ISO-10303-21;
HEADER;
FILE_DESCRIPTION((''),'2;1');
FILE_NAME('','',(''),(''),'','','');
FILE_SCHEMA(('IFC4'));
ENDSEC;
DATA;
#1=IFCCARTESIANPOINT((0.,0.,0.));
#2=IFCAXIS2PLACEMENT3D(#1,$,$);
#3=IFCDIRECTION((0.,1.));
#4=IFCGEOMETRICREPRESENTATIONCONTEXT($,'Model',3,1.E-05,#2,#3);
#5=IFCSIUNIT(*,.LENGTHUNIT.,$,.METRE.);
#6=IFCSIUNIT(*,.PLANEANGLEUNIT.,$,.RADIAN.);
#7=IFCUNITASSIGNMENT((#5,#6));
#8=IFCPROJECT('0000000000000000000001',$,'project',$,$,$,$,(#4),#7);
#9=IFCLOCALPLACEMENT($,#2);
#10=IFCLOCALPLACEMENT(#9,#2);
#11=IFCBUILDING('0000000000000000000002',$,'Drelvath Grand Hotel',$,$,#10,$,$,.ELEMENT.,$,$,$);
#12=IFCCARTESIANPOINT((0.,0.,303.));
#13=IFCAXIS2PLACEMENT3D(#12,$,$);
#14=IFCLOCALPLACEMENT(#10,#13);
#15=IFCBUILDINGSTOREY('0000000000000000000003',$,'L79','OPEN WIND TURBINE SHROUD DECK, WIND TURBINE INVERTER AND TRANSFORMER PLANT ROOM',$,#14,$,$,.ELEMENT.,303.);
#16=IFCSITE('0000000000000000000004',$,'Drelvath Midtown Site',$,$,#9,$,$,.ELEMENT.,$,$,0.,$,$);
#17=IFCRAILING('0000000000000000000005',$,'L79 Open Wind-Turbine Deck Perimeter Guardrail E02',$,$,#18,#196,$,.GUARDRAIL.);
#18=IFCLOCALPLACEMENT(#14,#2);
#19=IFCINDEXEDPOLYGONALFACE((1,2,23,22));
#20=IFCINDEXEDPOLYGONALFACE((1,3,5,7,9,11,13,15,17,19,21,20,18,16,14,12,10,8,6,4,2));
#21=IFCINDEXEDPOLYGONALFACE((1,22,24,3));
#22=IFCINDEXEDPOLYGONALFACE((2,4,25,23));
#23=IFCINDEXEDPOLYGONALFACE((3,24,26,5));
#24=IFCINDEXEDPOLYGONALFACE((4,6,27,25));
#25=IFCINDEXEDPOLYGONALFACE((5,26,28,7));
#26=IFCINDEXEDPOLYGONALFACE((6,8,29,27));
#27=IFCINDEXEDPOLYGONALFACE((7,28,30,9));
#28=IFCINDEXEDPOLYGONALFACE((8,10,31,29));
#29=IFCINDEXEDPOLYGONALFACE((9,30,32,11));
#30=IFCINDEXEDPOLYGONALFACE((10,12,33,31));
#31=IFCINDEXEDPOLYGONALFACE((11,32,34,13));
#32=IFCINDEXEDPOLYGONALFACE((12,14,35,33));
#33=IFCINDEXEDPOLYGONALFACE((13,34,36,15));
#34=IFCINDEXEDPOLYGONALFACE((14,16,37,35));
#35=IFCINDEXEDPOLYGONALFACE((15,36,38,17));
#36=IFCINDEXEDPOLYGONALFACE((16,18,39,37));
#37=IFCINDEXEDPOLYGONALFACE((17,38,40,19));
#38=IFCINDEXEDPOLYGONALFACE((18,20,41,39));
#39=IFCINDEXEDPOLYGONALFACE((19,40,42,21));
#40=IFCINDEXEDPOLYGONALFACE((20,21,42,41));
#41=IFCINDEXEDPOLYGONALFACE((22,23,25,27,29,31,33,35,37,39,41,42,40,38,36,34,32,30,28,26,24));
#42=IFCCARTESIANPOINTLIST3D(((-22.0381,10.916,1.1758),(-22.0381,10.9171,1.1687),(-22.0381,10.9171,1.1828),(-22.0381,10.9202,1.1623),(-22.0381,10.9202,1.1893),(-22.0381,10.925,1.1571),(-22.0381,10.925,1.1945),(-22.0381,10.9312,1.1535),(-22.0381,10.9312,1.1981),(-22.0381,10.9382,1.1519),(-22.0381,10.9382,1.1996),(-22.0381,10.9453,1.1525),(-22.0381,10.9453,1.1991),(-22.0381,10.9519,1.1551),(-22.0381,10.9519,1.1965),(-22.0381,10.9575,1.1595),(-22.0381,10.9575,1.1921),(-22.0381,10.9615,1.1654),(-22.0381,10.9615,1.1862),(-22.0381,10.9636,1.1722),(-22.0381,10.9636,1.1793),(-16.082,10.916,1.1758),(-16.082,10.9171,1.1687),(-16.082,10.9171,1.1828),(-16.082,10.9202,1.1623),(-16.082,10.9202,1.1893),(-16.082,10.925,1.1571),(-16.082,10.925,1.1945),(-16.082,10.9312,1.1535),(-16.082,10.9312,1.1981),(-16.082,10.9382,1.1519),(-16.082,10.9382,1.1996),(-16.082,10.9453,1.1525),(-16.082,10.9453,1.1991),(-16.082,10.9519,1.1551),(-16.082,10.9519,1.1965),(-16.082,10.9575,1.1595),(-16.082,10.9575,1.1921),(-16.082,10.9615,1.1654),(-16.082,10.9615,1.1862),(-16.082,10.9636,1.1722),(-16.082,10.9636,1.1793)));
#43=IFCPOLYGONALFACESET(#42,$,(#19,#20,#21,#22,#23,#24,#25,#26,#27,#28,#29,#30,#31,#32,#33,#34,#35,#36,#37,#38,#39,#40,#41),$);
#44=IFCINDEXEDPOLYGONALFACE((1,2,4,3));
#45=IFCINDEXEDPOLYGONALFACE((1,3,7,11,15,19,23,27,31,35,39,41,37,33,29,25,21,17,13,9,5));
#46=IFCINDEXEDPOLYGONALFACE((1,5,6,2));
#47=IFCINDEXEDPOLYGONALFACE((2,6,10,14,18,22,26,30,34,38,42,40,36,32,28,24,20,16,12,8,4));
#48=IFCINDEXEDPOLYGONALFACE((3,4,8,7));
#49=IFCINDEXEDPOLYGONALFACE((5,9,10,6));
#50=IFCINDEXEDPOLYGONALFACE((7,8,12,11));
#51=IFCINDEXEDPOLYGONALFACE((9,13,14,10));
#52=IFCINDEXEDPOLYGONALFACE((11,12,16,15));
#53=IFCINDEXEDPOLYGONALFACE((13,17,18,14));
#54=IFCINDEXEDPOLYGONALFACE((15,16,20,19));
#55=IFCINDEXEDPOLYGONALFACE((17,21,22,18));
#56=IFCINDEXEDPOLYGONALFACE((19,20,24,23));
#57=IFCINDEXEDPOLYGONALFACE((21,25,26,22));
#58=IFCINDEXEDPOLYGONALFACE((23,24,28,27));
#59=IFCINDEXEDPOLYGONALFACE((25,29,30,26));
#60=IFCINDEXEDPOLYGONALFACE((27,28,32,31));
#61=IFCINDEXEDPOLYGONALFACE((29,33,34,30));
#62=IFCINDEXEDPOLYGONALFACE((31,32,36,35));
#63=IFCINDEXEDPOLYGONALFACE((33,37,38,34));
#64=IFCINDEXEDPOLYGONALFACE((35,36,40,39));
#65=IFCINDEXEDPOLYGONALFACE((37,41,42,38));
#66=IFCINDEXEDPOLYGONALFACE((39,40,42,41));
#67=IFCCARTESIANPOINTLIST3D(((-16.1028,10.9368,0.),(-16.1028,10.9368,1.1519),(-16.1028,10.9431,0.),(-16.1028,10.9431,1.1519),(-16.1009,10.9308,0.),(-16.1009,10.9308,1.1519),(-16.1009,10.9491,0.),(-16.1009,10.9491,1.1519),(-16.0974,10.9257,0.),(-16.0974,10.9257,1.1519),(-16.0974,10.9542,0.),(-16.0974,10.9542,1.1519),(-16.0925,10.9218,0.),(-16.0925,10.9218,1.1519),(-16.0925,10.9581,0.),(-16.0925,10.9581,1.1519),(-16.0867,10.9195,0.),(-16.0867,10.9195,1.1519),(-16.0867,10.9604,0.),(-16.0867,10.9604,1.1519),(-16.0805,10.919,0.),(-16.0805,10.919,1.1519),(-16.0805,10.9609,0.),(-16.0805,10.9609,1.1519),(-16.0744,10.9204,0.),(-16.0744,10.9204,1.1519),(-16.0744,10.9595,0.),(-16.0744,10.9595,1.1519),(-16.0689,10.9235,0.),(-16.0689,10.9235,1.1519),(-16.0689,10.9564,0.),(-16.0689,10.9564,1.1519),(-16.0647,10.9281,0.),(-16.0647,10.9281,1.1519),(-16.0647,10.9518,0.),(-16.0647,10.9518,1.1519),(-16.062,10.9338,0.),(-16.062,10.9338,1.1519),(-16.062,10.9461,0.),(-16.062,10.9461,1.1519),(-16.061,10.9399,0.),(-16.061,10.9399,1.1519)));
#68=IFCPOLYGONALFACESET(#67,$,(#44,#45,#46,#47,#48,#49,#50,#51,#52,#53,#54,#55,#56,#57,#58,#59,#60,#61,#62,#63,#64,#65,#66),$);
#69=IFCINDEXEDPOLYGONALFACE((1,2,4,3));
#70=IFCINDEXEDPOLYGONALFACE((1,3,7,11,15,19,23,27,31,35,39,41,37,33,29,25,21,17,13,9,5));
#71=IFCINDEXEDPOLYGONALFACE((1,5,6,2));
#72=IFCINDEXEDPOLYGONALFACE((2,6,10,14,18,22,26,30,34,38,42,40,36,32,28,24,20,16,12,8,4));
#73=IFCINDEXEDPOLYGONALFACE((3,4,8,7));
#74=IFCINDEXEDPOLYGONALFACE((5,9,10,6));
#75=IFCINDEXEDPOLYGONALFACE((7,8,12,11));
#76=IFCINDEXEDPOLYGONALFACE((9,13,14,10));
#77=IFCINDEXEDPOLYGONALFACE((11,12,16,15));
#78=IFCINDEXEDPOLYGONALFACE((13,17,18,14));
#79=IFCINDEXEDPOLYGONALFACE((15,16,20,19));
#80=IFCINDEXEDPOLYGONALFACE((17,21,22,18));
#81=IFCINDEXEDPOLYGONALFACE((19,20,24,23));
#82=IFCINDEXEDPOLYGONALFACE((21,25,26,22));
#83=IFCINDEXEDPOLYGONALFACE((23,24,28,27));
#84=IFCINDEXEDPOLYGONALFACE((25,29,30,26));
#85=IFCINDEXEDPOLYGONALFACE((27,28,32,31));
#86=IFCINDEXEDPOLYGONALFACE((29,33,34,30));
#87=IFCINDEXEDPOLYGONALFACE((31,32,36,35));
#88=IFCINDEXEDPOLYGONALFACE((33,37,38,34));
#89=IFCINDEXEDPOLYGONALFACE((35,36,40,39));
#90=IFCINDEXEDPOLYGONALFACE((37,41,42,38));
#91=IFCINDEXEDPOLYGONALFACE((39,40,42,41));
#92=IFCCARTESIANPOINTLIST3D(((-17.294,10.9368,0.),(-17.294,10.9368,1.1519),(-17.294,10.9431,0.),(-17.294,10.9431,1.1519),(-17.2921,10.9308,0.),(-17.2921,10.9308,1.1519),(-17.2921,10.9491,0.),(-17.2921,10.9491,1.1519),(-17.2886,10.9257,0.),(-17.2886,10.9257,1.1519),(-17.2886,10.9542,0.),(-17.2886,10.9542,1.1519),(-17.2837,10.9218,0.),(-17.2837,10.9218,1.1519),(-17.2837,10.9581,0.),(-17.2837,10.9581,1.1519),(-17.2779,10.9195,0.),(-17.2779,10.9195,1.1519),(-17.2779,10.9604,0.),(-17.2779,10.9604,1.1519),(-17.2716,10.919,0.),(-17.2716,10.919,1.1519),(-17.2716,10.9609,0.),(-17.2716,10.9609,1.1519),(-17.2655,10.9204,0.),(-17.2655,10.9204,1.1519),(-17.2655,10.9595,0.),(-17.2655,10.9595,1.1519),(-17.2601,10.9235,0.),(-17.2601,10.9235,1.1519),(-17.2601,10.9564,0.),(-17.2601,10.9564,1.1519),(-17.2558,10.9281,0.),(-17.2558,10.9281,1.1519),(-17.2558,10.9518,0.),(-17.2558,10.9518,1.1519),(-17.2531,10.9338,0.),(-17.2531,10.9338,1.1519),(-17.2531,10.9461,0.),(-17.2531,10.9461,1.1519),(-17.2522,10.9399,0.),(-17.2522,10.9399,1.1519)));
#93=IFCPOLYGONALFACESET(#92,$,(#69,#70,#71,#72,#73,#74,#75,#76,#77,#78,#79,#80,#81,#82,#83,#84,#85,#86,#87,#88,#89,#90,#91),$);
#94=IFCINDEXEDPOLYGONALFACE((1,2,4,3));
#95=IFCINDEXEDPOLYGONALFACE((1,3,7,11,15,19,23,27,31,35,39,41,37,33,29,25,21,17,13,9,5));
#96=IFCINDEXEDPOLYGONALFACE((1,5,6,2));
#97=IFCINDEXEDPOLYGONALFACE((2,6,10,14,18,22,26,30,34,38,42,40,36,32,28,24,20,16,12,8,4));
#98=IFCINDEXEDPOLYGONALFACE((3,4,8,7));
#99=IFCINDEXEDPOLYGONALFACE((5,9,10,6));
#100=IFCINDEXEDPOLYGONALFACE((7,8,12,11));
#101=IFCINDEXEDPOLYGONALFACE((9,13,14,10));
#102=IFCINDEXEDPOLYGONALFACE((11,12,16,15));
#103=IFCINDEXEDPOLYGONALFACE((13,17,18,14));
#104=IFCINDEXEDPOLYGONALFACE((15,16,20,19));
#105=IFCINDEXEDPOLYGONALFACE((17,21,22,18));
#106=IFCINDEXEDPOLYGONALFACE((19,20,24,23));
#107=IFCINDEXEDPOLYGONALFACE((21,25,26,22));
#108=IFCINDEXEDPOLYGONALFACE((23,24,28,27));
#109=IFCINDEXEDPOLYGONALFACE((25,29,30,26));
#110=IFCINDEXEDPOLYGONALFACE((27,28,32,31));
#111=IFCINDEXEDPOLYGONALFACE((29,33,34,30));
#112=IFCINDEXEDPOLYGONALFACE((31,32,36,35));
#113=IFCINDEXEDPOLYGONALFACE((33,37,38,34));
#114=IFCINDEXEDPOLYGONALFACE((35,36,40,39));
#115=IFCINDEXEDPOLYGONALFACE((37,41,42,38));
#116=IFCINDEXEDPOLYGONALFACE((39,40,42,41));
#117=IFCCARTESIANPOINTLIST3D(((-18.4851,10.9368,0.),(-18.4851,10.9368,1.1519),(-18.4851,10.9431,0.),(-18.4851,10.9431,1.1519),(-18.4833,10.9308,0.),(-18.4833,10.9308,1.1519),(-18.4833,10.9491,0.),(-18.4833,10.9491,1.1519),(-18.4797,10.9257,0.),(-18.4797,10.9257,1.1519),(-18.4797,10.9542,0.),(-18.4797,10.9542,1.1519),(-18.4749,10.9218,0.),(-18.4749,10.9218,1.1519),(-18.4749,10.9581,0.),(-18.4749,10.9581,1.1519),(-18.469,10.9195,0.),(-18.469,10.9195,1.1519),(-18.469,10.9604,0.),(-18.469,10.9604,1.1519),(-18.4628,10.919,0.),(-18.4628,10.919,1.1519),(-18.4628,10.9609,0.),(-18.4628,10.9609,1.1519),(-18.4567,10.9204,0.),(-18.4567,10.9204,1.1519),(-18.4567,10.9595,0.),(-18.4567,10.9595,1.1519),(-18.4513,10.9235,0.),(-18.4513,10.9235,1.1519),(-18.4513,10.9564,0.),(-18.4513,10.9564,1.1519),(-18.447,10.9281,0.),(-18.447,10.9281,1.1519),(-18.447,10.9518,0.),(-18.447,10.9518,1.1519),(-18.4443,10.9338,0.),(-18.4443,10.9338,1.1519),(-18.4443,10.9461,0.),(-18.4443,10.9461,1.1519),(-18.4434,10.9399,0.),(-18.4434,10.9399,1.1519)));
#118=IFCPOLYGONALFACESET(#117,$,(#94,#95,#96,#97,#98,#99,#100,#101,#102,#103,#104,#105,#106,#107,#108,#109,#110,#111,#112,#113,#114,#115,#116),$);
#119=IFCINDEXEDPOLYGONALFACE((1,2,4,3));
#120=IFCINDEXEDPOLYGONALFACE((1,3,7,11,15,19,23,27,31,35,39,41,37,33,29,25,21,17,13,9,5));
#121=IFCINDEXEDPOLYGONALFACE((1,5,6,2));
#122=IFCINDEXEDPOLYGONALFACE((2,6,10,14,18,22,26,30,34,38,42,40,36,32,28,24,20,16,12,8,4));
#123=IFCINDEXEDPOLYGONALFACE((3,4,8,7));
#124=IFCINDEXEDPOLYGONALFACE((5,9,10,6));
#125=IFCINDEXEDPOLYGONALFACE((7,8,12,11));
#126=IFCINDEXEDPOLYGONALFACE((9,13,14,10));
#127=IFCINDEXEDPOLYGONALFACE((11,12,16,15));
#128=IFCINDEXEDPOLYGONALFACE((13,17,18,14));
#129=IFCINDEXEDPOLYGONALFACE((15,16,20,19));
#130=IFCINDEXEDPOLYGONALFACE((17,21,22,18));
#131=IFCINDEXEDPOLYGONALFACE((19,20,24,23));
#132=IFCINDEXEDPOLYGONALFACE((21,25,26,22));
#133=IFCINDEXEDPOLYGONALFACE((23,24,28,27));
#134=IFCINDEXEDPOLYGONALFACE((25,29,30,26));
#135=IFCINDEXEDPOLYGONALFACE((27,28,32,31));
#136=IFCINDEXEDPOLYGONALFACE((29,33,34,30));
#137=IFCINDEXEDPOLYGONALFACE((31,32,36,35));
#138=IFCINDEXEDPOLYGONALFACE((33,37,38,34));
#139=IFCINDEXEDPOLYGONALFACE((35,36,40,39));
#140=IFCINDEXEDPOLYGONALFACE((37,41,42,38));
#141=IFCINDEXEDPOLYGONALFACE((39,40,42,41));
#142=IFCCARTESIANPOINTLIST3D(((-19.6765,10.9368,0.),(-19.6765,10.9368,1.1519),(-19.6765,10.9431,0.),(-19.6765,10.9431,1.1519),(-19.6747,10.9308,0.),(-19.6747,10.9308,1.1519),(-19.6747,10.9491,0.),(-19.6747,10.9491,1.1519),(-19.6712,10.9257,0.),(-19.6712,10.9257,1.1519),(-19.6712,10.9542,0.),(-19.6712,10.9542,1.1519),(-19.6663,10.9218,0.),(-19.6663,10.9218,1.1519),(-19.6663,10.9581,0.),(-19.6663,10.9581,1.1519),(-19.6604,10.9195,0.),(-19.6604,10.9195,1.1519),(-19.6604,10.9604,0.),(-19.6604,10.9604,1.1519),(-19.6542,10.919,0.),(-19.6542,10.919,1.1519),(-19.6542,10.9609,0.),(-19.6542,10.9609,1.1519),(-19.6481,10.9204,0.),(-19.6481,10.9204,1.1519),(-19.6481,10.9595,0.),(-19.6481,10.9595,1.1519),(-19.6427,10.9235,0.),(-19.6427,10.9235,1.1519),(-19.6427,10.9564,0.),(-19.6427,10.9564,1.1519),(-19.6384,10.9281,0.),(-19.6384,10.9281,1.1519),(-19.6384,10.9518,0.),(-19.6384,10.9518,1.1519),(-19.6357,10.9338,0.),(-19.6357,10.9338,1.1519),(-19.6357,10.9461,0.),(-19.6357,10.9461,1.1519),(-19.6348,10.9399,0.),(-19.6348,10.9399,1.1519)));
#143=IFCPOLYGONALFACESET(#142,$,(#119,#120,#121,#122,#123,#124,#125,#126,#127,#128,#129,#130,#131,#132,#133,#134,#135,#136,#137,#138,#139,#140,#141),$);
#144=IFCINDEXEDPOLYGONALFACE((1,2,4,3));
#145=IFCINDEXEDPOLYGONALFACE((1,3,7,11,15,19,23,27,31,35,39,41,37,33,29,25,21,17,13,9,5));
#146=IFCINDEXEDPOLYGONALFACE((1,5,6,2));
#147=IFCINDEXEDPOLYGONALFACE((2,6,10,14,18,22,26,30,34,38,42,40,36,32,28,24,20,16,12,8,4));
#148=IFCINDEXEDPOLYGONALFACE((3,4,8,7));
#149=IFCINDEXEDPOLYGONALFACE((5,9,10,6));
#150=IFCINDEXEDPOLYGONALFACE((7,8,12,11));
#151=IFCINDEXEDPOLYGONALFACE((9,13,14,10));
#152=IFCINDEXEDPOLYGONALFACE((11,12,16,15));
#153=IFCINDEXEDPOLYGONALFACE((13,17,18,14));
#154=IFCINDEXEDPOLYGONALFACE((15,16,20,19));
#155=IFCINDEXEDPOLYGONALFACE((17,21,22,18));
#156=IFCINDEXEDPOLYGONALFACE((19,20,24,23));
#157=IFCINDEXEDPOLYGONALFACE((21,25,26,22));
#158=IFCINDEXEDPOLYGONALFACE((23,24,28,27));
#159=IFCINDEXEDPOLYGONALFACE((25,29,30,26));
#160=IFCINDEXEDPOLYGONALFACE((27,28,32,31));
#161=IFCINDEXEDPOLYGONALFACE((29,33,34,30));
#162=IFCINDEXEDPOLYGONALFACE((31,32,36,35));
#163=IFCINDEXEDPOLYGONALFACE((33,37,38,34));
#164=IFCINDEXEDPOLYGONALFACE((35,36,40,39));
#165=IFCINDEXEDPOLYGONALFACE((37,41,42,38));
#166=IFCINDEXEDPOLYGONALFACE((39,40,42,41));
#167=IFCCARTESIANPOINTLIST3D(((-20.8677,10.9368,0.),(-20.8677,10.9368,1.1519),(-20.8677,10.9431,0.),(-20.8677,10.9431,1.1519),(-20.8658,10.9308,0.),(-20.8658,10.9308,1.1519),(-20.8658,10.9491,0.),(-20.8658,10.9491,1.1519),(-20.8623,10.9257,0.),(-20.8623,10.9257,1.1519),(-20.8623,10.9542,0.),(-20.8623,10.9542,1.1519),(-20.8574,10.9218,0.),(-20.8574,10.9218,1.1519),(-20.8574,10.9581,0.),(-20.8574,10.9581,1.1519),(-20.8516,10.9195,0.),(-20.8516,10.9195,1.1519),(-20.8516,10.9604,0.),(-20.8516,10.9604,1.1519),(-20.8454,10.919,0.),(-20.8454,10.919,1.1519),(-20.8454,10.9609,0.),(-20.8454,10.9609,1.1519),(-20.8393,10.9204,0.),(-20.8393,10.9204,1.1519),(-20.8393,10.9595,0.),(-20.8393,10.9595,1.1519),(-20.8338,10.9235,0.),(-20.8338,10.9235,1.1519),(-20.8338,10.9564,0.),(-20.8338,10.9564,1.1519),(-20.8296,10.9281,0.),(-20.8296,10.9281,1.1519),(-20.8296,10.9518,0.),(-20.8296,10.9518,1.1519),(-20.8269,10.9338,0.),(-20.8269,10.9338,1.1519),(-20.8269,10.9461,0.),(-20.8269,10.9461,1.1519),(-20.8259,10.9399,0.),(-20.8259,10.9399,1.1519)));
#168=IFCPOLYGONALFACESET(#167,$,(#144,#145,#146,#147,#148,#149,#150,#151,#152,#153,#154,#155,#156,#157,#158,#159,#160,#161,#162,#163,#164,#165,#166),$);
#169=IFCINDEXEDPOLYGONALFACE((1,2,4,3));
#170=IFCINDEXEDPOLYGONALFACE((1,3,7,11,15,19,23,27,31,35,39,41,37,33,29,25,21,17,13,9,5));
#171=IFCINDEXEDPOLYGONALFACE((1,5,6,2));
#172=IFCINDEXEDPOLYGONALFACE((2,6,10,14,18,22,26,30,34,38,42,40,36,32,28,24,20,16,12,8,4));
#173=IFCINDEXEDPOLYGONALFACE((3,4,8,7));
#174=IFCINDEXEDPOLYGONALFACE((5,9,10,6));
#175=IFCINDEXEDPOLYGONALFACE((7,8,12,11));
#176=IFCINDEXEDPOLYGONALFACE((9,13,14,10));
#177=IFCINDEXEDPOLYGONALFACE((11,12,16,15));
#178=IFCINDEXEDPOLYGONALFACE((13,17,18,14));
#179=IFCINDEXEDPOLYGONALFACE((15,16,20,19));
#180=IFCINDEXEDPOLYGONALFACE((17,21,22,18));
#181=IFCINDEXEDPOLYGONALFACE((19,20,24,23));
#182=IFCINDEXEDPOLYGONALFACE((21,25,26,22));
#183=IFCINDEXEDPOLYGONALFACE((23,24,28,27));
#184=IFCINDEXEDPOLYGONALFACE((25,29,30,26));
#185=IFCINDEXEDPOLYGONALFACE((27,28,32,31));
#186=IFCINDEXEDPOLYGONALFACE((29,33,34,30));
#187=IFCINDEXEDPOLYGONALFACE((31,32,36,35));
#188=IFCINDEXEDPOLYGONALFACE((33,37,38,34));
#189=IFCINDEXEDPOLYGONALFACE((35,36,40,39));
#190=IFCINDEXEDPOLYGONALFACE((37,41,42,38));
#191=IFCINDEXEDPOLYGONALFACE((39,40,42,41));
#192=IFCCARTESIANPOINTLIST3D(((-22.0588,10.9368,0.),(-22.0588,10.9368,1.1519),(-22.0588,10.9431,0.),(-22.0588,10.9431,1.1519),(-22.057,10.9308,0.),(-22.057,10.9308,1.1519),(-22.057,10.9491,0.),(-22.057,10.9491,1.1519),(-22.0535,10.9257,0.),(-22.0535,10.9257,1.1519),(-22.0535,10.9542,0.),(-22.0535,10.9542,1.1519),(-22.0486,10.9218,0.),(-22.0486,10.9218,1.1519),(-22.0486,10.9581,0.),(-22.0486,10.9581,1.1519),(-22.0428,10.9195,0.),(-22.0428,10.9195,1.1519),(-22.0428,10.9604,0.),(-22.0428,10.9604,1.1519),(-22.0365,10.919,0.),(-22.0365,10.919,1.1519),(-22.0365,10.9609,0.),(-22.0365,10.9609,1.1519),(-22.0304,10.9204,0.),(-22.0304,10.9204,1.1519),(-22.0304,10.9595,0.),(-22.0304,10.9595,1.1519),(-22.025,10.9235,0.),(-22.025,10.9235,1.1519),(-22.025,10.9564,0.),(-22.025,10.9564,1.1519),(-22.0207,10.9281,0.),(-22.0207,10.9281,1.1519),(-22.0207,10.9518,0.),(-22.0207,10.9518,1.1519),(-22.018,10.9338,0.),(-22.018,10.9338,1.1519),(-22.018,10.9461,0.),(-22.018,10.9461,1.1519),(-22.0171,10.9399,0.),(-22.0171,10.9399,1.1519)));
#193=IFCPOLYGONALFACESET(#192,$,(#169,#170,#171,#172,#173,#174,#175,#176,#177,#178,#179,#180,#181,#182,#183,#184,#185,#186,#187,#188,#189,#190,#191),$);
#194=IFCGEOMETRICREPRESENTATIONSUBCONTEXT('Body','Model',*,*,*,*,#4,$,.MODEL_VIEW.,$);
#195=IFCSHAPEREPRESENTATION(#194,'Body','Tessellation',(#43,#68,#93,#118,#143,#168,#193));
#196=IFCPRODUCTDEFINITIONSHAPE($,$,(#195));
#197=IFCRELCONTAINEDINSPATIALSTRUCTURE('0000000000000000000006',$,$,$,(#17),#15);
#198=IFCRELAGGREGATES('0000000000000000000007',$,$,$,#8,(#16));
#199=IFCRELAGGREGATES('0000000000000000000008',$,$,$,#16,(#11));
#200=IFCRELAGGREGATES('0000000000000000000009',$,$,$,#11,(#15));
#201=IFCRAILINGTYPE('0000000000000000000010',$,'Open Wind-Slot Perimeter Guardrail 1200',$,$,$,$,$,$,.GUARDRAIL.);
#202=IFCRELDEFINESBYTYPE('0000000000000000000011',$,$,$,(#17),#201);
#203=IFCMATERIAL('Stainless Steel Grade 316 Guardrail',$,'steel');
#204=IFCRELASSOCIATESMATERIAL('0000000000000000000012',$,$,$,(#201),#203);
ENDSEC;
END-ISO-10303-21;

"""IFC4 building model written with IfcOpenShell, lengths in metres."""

from ifc_helpers import new_model, si_unit, direction, frame, origin, origin_2d, place, context, subcontext, project, spatial, circle, extrude, material, type_object, element, save


model = new_model("IFC4")

# Units and contexts
model_context = context("Model", 3, precision=1e-05, world=origin(), true_north=direction((0.0, 1.0)))
body_context = subcontext(model_context, "Body", "Model", "MODEL_VIEW")
ifc_project = project(units=[si_unit("LENGTHUNIT", "METRE"), si_unit("PLANEANGLEUNIT", "RADIAN")], contexts=[model_context])

# Site, building, storey
site_placement = place(None, origin())
site = spatial("IfcSite", under=ifc_project, at=site_placement, Name="Drelvath Midtown Site", CompositionType="ELEMENT", RefElevation=0.0)
building_placement = place(site_placement, origin())
building = spatial("IfcBuilding", under=site, at=building_placement, Name="Drelvath Grand Hotel", CompositionType="ELEMENT")
storey_placement = place(building_placement, frame((0.0, 0.0, 303.0)))
storey = spatial("IfcBuildingStorey", under=building, at=storey_placement, Name="L79", Description="OPEN WIND TURBINE SHROUD DECK, WIND TURBINE INVERTER AND TRANSFORMER PLANT ROOM", CompositionType="ELEMENT", Elevation=303.0)

# Railing
ifc_material_1 = material(Name="Stainless Steel Grade 316 Guardrail", Category="steel")
railing_type = type_object("IfcRailingType", Name="Open Wind-Slot Perimeter Guardrail 1200", PredefinedType="GUARDRAIL", material=ifc_material_1)
railing_1_placement = place(storey_placement, frame((-16.082, 10.9399, 0.0)))
element("IfcRailing", 1, at=railing_1_placement, inside=storey, type_object=railing_type, Name="L79 Open Wind-Turbine Deck Perimeter Guardrail E02", PredefinedType="GUARDRAIL", context=body_context, shape_type="SweptSolid", body=[
    extrude(circle(Radius=0.0239, at=origin_2d()), frame((0.0, 0.0, 1.1758), z_axis=(-1.0, 0.0, 0.0), x_axis=(0.0, -1.0, 0.0)), (0.0, 0.0, 1.0), 5.9561),
    extrude(circle(Radius=0.021, at=origin_2d()), origin(), (0.0, 0.0, 1.0), 1.1519),
    extrude(circle(Radius=0.021, at=origin_2d()), frame((-1.1912, 0.0, 0.0)), (0.0, 0.0, 1.0), 1.1519),
    extrude(circle(Radius=0.021, at=origin_2d()), frame((-2.3823, 0.0, 0.0)), (0.0, 0.0, 1.0), 1.1519),
    extrude(circle(Radius=0.021, at=origin_2d()), frame((-3.5737, 0.0, 0.0)), (0.0, 0.0, 1.0), 1.1519),
    extrude(circle(Radius=0.021, at=origin_2d()), frame((-4.7649, 0.0, 0.0)), (0.0, 0.0, 1.0), 1.1519),
    extrude(circle(Radius=0.021, at=origin_2d()), frame((-5.9561, 0.0, 0.0)), (0.0, 0.0, 1.0), 1.1519),
])

save(model, "model.ifc")
